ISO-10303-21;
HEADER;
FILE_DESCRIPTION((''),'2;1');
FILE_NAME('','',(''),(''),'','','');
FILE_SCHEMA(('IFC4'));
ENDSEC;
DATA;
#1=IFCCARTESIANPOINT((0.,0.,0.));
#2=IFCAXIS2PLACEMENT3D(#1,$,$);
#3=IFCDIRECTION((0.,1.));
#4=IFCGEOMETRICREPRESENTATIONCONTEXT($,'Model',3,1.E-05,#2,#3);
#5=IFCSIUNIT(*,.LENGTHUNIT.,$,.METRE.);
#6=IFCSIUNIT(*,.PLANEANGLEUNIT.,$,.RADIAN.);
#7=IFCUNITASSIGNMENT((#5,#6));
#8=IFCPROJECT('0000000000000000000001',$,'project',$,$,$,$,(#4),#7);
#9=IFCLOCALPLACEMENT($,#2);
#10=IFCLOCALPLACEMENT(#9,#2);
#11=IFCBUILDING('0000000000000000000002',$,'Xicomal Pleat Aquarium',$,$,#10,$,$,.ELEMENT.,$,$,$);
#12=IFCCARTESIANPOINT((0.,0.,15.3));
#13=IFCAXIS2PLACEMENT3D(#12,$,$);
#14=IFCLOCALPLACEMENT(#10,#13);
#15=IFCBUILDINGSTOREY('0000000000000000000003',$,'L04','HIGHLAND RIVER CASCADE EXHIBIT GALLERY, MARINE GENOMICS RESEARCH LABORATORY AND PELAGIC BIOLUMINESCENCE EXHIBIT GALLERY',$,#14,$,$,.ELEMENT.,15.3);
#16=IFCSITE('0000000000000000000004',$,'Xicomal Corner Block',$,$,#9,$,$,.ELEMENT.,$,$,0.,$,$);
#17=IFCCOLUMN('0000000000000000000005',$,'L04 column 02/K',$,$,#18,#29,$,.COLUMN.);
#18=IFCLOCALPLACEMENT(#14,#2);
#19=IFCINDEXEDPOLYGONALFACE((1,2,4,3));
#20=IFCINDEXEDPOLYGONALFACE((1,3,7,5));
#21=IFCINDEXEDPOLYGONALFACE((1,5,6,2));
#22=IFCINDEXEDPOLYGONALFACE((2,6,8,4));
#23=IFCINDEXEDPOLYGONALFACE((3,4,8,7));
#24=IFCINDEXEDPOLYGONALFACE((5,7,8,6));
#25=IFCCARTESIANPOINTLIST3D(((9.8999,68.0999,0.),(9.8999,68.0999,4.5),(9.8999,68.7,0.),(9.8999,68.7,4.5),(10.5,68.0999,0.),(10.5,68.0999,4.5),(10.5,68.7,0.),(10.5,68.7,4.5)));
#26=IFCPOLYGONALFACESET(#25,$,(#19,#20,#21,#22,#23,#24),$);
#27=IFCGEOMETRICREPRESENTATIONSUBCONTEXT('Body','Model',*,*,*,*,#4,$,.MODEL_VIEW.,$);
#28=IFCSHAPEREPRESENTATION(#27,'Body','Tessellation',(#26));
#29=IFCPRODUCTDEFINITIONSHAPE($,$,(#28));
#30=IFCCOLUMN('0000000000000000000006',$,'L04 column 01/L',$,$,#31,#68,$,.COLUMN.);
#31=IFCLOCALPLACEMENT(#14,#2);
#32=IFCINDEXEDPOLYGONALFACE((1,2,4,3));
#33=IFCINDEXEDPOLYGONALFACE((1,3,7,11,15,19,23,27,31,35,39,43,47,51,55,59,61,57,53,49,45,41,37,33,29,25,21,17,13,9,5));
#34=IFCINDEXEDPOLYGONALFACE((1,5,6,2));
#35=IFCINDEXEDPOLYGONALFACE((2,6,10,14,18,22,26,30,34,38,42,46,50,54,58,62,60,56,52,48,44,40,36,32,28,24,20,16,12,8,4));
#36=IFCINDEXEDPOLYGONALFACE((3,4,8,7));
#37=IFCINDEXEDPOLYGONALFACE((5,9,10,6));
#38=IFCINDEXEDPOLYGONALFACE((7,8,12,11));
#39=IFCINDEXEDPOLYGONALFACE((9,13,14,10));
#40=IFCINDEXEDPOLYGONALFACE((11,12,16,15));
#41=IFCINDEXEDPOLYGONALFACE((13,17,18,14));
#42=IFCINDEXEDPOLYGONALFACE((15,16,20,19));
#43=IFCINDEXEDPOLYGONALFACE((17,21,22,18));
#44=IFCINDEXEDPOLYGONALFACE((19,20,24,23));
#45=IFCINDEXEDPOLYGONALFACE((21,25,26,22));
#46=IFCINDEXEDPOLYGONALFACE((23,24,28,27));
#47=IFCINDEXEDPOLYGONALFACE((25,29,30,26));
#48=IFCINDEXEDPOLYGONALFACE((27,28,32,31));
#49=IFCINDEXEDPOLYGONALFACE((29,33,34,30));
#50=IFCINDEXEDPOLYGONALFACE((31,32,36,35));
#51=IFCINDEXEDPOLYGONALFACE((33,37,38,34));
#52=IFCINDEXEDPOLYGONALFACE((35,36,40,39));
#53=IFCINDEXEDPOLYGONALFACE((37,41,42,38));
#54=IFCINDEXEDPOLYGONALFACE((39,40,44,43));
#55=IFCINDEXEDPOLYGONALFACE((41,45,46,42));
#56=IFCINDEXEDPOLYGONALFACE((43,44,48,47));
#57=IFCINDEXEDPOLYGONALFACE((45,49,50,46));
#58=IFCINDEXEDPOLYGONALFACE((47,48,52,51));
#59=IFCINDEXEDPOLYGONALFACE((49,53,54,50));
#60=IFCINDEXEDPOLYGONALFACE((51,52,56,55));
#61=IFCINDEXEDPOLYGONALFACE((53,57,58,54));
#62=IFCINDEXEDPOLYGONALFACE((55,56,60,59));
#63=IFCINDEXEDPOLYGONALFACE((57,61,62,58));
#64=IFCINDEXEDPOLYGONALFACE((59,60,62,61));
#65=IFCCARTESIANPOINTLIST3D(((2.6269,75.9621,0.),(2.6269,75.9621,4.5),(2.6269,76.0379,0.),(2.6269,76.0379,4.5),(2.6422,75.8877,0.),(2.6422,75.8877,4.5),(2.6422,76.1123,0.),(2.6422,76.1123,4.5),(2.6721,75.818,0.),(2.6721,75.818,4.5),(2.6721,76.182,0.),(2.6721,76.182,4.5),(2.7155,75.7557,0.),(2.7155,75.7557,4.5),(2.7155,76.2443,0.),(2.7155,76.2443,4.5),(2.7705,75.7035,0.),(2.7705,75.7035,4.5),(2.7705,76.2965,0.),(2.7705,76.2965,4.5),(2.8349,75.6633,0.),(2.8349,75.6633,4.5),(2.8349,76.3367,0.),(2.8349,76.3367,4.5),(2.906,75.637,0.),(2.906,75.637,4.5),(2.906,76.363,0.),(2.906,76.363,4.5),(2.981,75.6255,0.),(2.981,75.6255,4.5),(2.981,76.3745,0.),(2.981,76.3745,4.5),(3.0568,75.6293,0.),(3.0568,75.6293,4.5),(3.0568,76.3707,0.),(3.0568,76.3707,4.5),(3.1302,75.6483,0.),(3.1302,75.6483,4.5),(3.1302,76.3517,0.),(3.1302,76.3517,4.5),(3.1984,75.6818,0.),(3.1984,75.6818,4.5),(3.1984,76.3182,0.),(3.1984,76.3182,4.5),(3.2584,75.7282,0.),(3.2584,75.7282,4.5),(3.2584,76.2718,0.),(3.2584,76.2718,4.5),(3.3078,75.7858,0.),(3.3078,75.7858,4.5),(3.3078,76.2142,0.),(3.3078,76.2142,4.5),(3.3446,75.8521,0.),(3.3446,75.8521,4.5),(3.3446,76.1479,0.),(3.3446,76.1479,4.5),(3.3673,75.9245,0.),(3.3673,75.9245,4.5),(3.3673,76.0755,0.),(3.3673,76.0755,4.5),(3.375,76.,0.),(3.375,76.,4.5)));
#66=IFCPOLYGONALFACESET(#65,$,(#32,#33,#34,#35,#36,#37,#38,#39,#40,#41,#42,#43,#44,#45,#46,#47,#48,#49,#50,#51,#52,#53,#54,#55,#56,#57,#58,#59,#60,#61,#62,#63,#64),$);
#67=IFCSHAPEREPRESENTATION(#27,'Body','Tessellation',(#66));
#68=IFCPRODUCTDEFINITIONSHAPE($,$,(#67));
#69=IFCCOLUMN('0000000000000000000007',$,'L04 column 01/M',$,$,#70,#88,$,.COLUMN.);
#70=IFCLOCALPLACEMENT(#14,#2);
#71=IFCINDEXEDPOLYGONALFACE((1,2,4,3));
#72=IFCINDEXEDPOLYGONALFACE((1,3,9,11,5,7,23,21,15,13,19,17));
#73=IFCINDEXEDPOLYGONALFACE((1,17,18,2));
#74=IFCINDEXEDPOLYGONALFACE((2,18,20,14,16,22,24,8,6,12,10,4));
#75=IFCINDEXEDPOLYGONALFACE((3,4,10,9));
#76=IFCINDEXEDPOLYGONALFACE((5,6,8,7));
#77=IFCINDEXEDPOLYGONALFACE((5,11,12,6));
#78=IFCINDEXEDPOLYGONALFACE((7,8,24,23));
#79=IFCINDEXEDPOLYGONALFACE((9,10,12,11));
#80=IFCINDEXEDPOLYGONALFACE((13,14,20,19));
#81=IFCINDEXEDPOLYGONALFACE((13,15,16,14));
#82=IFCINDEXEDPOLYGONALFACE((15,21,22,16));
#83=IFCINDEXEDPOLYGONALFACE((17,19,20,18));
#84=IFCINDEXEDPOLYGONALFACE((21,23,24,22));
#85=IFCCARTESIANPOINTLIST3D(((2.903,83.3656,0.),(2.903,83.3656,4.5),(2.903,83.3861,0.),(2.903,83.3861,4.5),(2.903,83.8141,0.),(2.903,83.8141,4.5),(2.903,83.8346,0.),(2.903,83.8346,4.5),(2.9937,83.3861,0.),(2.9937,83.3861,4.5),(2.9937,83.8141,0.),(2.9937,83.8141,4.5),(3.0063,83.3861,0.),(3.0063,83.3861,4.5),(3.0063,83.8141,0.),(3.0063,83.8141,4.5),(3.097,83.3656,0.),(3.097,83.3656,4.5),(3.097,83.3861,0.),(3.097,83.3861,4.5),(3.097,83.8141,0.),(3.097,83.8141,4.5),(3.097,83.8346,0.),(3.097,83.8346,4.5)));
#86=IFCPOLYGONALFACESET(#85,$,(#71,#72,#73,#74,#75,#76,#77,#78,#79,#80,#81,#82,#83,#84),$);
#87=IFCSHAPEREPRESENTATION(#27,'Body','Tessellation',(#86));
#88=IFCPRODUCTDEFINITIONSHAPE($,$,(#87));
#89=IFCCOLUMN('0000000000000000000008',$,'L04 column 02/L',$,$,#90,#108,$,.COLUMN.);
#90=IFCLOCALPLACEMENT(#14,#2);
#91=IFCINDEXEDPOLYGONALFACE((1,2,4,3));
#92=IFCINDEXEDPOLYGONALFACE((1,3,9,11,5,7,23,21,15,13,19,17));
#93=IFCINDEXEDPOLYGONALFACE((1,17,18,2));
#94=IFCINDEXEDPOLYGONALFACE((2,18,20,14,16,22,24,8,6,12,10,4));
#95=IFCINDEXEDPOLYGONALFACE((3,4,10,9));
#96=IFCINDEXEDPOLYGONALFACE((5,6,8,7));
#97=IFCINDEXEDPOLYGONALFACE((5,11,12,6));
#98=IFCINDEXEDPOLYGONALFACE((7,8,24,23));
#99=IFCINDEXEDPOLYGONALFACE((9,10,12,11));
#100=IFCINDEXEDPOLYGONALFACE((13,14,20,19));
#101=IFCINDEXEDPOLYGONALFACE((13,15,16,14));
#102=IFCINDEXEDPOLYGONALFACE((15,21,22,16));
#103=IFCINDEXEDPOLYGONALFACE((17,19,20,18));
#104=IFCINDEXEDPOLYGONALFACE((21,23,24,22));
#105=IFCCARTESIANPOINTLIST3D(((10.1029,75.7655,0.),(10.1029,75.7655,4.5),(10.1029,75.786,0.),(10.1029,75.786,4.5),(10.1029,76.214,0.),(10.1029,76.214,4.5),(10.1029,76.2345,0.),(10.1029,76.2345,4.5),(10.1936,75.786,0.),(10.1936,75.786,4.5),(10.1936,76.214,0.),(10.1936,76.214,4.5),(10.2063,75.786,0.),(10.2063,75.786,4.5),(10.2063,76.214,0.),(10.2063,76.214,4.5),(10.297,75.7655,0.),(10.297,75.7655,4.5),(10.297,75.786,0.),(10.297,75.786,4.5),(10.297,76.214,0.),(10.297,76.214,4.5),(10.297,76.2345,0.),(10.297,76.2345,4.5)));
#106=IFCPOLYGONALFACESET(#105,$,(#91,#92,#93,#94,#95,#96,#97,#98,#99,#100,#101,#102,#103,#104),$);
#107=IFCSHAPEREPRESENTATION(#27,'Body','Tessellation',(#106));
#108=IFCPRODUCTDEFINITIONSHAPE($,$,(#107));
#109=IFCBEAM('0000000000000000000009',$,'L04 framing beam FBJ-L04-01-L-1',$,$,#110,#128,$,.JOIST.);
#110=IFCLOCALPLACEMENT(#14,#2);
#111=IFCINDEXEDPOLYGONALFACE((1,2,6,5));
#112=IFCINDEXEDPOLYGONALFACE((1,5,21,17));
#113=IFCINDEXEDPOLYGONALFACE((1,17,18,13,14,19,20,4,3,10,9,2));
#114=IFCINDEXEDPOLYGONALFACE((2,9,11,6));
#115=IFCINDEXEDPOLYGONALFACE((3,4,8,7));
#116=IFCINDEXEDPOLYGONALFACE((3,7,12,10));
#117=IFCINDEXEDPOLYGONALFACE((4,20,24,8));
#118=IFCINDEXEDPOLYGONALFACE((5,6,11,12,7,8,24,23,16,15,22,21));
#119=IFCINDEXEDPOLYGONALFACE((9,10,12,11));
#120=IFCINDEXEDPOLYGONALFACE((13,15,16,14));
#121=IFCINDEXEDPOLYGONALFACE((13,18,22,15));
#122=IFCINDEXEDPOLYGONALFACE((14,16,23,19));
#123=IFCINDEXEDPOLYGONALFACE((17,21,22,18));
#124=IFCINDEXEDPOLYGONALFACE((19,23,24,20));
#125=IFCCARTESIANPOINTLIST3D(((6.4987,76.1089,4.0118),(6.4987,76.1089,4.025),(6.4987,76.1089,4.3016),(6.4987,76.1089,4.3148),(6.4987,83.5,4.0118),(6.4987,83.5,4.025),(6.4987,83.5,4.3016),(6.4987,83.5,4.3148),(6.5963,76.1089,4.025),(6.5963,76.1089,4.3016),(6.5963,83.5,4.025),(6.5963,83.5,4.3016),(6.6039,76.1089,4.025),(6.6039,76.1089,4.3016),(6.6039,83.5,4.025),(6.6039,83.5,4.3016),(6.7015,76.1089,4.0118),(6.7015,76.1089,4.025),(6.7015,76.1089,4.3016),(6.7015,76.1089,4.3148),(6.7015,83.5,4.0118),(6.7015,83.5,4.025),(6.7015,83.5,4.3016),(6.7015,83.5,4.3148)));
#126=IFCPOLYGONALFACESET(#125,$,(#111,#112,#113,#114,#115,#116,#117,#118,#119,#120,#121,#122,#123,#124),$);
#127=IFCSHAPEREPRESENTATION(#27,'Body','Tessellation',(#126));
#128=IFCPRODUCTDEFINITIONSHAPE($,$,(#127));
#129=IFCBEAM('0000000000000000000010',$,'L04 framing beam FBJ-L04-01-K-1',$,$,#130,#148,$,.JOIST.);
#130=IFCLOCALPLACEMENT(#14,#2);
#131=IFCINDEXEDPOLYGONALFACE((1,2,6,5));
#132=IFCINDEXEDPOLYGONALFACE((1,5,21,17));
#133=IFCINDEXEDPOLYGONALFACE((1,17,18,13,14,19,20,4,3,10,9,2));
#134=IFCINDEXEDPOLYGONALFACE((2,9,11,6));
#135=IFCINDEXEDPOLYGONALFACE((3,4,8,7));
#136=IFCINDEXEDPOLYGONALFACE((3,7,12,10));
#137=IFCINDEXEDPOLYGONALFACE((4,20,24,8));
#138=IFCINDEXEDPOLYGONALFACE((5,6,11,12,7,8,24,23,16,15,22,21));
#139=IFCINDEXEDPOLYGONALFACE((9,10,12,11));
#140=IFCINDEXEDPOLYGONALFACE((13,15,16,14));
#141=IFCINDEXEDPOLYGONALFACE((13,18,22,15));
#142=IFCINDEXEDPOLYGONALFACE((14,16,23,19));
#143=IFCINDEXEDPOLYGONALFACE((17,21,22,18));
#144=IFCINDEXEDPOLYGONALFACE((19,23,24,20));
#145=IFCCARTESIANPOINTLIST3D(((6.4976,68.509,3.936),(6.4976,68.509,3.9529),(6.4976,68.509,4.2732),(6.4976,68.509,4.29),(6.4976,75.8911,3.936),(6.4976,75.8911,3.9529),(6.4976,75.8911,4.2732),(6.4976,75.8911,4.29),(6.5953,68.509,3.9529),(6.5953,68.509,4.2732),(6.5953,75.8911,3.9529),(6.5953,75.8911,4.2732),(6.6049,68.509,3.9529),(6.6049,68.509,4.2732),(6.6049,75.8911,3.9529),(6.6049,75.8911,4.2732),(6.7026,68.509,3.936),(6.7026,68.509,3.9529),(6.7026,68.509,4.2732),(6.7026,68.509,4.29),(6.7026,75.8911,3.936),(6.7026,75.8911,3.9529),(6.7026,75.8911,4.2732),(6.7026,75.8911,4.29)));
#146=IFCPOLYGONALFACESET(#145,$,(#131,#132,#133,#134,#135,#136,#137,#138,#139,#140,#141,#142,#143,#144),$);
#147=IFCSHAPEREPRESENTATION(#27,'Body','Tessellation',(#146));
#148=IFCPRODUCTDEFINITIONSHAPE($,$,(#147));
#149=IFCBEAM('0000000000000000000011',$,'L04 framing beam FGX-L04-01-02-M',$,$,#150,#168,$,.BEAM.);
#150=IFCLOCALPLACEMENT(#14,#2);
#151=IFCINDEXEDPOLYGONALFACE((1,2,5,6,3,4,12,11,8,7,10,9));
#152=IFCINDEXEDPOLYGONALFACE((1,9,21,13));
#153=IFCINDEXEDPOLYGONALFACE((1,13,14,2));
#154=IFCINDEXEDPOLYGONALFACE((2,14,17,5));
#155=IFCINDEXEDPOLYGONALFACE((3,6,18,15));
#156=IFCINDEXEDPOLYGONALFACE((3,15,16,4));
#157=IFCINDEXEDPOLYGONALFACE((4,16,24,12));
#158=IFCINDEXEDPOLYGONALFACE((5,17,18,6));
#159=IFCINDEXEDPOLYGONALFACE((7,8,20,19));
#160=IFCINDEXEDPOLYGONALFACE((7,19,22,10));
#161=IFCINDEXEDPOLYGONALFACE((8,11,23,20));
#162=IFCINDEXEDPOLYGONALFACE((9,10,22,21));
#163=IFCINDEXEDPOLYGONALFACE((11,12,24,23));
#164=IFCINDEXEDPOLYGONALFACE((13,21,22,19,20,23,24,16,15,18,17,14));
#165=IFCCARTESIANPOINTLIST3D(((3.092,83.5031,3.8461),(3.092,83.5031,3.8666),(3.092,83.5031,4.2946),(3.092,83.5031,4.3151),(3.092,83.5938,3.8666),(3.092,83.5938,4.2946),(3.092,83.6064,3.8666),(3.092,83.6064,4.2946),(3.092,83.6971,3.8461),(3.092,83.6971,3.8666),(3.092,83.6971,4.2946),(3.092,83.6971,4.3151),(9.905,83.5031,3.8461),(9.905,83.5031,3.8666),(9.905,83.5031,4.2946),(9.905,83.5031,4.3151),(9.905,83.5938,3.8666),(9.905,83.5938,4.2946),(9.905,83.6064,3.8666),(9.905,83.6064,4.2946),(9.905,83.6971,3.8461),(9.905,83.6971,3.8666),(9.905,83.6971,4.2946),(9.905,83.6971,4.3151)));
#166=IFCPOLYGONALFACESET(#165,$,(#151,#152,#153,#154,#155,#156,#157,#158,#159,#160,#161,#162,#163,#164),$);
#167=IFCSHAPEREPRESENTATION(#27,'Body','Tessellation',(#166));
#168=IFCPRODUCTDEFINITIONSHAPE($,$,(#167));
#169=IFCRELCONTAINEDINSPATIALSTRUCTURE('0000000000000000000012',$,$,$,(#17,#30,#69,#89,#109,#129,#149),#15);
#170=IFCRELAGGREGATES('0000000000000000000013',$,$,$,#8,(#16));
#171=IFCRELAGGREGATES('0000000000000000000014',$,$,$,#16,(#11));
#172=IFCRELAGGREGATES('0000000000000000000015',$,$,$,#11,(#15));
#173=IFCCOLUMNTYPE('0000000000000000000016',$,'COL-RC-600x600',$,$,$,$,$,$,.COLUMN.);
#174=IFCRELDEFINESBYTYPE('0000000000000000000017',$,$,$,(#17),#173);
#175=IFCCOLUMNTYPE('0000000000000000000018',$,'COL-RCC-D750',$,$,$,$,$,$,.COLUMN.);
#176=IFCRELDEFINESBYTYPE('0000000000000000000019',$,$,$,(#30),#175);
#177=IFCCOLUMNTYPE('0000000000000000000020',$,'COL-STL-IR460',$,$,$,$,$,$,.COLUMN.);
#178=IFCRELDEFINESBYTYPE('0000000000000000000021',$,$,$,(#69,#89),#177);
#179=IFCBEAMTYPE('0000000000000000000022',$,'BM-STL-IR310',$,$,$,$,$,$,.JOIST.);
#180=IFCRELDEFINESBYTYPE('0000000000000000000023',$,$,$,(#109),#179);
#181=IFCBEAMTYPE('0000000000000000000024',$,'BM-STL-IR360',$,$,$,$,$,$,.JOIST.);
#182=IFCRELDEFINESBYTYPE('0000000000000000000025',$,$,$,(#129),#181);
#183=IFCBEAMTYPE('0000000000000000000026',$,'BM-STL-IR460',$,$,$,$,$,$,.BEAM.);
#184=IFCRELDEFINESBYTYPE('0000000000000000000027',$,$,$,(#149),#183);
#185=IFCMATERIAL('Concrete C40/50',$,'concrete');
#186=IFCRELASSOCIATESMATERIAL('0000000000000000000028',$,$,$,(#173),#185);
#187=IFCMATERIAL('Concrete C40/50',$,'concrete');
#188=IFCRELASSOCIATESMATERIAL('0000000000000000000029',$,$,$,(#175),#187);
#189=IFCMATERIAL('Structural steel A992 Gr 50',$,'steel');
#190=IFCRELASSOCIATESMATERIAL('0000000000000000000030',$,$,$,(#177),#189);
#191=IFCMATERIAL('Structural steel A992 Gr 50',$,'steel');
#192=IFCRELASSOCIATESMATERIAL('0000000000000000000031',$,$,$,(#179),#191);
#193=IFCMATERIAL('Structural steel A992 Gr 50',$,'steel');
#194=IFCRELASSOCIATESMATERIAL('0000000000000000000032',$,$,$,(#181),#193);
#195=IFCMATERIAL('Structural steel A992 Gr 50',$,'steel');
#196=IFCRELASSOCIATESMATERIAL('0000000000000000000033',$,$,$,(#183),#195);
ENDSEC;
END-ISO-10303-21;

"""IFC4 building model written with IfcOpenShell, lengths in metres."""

from ifc_helpers import new_model, si_unit, direction, frame, origin, origin_2d, place, context, subcontext, project, spatial, rectangle, circle, i_section, extrude, material, material_profile, profile_set, type_object, element, save


model = new_model("IFC4")

# Units and contexts
model_context = context("Model", 3, precision=1e-05, world=origin(), true_north=direction((0.0, 1.0)))
body_context = subcontext(model_context, "Body", "Model", "MODEL_VIEW")
ifc_project = project(units=[si_unit("LENGTHUNIT", "METRE"), si_unit("PLANEANGLEUNIT", "RADIAN")], contexts=[model_context])

# Site, building, storey
site_placement = place(None, origin())
site = spatial("IfcSite", under=ifc_project, at=site_placement, Name="Xicomal Corner Block", CompositionType="ELEMENT", RefElevation=0.0)
building_placement = place(site_placement, origin())
building = spatial("IfcBuilding", under=site, at=building_placement, Name="Xicomal Pleat Aquarium", CompositionType="ELEMENT")
storey_placement = place(building_placement, frame((0.0, 0.0, 15.3)))
storey = spatial("IfcBuildingStorey", under=building, at=storey_placement, Name="L04", Description="HIGHLAND RIVER CASCADE EXHIBIT GALLERY, MARINE GENOMICS RESEARCH LABORATORY AND PELAGIC BIOLUMINESCENCE EXHIBIT GALLERY", CompositionType="ELEMENT", Elevation=15.3)

# Columns
ifc_material_1 = material(Name="Concrete C40/50", Category="concrete")
ifc_material_profile_1 = material_profile(ifc_material_1, rectangle(XDim=0.6001, YDim=0.6001, at=origin_2d()), Name="RC 600x600")
ifc_profile_set_1 = profile_set([ifc_material_profile_1], Name="Concrete C40/50")
column_type_1 = type_object("IfcColumnType", Name="COL-RC-600x600", PredefinedType="COLUMN", material=ifc_profile_set_1)
column_1_placement = place(storey_placement, frame((10.2, 68.3999, 0.0), z_axis=(0.0, 0.0, 1.0), x_axis=(1.0, 0.0, 0.0)))
element("IfcColumn", 1, at=column_1_placement, inside=storey, type_object=column_type_1, Name="L04 column 02/K", PredefinedType="COLUMN", context=body_context, shape_type="SweptSolid", body=[
    extrude(rectangle(XDim=0.6001, YDim=0.6001, at=origin_2d()), origin(), (0.0, 0.0, 1.0), 4.5),
])
ifc_material_2 = material(Name="Concrete C40/50", Category="concrete")
ifc_material_profile_2 = material_profile(ifc_material_2, circle(Radius=0.375, at=origin_2d()), Name="RCC D750")
ifc_profile_set_2 = profile_set([ifc_material_profile_2], Name="Concrete C40/50")
column_type_2 = type_object("IfcColumnType", Name="COL-RCC-D750", PredefinedType="COLUMN", material=ifc_profile_set_2)
column_2_placement = place(storey_placement, frame((3.0, 76.0, 0.0), z_axis=(0.0, 0.0, 1.0), x_axis=(1.0, 0.0, 0.0)))
element("IfcColumn", 2, at=column_2_placement, inside=storey, type_object=column_type_2, Name="L04 column 01/L", PredefinedType="COLUMN", context=body_context, shape_type="SweptSolid", body=[
    extrude(circle(Radius=0.375, at=origin_2d()), origin(), (0.0, 0.0, 1.0), 4.5),
])
ifc_material_3 = material(Name="Structural steel A992 Gr 50", Category="steel")
ifc_material_profile_3 = material_profile(ifc_material_3, i_section(OverallWidth=0.1941, OverallDepth=0.469, WebThickness=0.0127, FlangeThickness=0.0205, at=origin_2d()), Name="IR 460x106")
ifc_profile_set_3 = profile_set([ifc_material_profile_3], Name="Structural steel A992 Gr 50")
column_type_3 = type_object("IfcColumnType", Name="COL-STL-IR460", PredefinedType="COLUMN", material=ifc_profile_set_3)
for number, where, z_axis, x_axis, name in (
    (3, (3.0, 83.6001, 0.0), (0.0, 0.0, 1.0), (1.0, 0.0, 0.0), "L04 column 01/M"),
    (4, (10.2, 76.0, 0.0), (0.0, 0.0, 1.0), (1.0, 0.0, 0.0), "L04 column 02/L"),
):
    element("IfcColumn", number, at=place(storey_placement, frame(where, z_axis=z_axis, x_axis=x_axis)), inside=storey, type_object=column_type_3, Name=name, PredefinedType="COLUMN", context=body_context, shape_type="SweptSolid", body=[
        extrude(i_section(OverallWidth=0.1941, OverallDepth=0.469, WebThickness=0.0127, FlangeThickness=0.0205, at=origin_2d()), origin(), (0.0, 0.0, 1.0), 4.5),
    ])

# Beams
ifc_material_4 = material(Name="Structural steel A992 Gr 50", Category="steel")
ifc_material_profile_4 = material_profile(ifc_material_4, i_section(OverallWidth=0.2029, OverallDepth=0.303, WebThickness=0.0076, FlangeThickness=0.0132, at=origin_2d()), Name="IR 310x60")
ifc_profile_set_4 = profile_set([ifc_material_profile_4], Name="Structural steel A992 Gr 50")
beam_type_1 = type_object("IfcBeamType", Name="BM-STL-IR310", PredefinedType="JOIST", material=ifc_profile_set_4)
beam_1_placement = place(storey_placement, frame((6.6001, 76.1089, 4.1633), z_axis=(0.0, 1.0, 0.0), x_axis=(-1.0, 0.0, 0.0)))
element("IfcBeam", 5, at=beam_1_placement, inside=storey, type_object=beam_type_1, Name="L04 framing beam FBJ-L04-01-L-1", PredefinedType="JOIST", context=body_context, shape_type="SweptSolid", body=[
    extrude(i_section(OverallWidth=0.2029, OverallDepth=0.303, WebThickness=0.0076, FlangeThickness=0.0132, at=origin_2d()), origin(), (0.0, 0.0, 1.0), 7.3911),
])
ifc_material_5 = material(Name="Structural steel A992 Gr 50", Category="steel")
ifc_material_profile_5 = material_profile(ifc_material_5, i_section(OverallWidth=0.2051, OverallDepth=0.354, WebThickness=0.0095, FlangeThickness=0.0168, at=origin_2d()), Name="IR 360x79")
ifc_profile_set_5 = profile_set([ifc_material_profile_5], Name="Structural steel A992 Gr 50")
beam_type_2 = type_object("IfcBeamType", Name="BM-STL-IR360", PredefinedType="JOIST", material=ifc_profile_set_5)
beam_2_placement = place(storey_placement, frame((6.6001, 68.509, 4.113), z_axis=(0.0, 1.0, 0.0), x_axis=(-1.0, 0.0, 0.0)))
element("IfcBeam", 6, at=beam_2_placement, inside=storey, type_object=beam_type_2, Name="L04 framing beam FBJ-L04-01-K-1", PredefinedType="JOIST", context=body_context, shape_type="SweptSolid", body=[
    extrude(i_section(OverallWidth=0.2051, OverallDepth=0.354, WebThickness=0.0095, FlangeThickness=0.0168, at=origin_2d()), origin(), (0.0, 0.0, 1.0), 7.3821),
])
ifc_material_6 = material(Name="Structural steel A992 Gr 50", Category="steel")
ifc_material_profile_6 = material_profile(ifc_material_6, i_section(OverallWidth=0.1941, OverallDepth=0.469, WebThickness=0.0127, FlangeThickness=0.0205, at=origin_2d()), Name="IR 460x106")
ifc_profile_set_6 = profile_set([ifc_material_profile_6], Name="Structural steel A992 Gr 50")
beam_type_3 = type_object("IfcBeamType", Name="BM-STL-IR460", PredefinedType="BEAM", material=ifc_profile_set_6)
beam_3_placement = place(storey_placement, frame((3.092, 83.6001, 4.0806), z_axis=(1.0, 0.0, 0.0), x_axis=(0.0, 1.0, 0.0)))
element("IfcBeam", 7, at=beam_3_placement, inside=storey, type_object=beam_type_3, Name="L04 framing beam FGX-L04-01-02-M", PredefinedType="BEAM", context=body_context, shape_type="SweptSolid", body=[
    extrude(i_section(OverallWidth=0.1941, OverallDepth=0.469, WebThickness=0.0127, FlangeThickness=0.0205, at=origin_2d()), origin(), (0.0, 0.0, 1.0), 6.813),
])

save(model, "model.ifc")
